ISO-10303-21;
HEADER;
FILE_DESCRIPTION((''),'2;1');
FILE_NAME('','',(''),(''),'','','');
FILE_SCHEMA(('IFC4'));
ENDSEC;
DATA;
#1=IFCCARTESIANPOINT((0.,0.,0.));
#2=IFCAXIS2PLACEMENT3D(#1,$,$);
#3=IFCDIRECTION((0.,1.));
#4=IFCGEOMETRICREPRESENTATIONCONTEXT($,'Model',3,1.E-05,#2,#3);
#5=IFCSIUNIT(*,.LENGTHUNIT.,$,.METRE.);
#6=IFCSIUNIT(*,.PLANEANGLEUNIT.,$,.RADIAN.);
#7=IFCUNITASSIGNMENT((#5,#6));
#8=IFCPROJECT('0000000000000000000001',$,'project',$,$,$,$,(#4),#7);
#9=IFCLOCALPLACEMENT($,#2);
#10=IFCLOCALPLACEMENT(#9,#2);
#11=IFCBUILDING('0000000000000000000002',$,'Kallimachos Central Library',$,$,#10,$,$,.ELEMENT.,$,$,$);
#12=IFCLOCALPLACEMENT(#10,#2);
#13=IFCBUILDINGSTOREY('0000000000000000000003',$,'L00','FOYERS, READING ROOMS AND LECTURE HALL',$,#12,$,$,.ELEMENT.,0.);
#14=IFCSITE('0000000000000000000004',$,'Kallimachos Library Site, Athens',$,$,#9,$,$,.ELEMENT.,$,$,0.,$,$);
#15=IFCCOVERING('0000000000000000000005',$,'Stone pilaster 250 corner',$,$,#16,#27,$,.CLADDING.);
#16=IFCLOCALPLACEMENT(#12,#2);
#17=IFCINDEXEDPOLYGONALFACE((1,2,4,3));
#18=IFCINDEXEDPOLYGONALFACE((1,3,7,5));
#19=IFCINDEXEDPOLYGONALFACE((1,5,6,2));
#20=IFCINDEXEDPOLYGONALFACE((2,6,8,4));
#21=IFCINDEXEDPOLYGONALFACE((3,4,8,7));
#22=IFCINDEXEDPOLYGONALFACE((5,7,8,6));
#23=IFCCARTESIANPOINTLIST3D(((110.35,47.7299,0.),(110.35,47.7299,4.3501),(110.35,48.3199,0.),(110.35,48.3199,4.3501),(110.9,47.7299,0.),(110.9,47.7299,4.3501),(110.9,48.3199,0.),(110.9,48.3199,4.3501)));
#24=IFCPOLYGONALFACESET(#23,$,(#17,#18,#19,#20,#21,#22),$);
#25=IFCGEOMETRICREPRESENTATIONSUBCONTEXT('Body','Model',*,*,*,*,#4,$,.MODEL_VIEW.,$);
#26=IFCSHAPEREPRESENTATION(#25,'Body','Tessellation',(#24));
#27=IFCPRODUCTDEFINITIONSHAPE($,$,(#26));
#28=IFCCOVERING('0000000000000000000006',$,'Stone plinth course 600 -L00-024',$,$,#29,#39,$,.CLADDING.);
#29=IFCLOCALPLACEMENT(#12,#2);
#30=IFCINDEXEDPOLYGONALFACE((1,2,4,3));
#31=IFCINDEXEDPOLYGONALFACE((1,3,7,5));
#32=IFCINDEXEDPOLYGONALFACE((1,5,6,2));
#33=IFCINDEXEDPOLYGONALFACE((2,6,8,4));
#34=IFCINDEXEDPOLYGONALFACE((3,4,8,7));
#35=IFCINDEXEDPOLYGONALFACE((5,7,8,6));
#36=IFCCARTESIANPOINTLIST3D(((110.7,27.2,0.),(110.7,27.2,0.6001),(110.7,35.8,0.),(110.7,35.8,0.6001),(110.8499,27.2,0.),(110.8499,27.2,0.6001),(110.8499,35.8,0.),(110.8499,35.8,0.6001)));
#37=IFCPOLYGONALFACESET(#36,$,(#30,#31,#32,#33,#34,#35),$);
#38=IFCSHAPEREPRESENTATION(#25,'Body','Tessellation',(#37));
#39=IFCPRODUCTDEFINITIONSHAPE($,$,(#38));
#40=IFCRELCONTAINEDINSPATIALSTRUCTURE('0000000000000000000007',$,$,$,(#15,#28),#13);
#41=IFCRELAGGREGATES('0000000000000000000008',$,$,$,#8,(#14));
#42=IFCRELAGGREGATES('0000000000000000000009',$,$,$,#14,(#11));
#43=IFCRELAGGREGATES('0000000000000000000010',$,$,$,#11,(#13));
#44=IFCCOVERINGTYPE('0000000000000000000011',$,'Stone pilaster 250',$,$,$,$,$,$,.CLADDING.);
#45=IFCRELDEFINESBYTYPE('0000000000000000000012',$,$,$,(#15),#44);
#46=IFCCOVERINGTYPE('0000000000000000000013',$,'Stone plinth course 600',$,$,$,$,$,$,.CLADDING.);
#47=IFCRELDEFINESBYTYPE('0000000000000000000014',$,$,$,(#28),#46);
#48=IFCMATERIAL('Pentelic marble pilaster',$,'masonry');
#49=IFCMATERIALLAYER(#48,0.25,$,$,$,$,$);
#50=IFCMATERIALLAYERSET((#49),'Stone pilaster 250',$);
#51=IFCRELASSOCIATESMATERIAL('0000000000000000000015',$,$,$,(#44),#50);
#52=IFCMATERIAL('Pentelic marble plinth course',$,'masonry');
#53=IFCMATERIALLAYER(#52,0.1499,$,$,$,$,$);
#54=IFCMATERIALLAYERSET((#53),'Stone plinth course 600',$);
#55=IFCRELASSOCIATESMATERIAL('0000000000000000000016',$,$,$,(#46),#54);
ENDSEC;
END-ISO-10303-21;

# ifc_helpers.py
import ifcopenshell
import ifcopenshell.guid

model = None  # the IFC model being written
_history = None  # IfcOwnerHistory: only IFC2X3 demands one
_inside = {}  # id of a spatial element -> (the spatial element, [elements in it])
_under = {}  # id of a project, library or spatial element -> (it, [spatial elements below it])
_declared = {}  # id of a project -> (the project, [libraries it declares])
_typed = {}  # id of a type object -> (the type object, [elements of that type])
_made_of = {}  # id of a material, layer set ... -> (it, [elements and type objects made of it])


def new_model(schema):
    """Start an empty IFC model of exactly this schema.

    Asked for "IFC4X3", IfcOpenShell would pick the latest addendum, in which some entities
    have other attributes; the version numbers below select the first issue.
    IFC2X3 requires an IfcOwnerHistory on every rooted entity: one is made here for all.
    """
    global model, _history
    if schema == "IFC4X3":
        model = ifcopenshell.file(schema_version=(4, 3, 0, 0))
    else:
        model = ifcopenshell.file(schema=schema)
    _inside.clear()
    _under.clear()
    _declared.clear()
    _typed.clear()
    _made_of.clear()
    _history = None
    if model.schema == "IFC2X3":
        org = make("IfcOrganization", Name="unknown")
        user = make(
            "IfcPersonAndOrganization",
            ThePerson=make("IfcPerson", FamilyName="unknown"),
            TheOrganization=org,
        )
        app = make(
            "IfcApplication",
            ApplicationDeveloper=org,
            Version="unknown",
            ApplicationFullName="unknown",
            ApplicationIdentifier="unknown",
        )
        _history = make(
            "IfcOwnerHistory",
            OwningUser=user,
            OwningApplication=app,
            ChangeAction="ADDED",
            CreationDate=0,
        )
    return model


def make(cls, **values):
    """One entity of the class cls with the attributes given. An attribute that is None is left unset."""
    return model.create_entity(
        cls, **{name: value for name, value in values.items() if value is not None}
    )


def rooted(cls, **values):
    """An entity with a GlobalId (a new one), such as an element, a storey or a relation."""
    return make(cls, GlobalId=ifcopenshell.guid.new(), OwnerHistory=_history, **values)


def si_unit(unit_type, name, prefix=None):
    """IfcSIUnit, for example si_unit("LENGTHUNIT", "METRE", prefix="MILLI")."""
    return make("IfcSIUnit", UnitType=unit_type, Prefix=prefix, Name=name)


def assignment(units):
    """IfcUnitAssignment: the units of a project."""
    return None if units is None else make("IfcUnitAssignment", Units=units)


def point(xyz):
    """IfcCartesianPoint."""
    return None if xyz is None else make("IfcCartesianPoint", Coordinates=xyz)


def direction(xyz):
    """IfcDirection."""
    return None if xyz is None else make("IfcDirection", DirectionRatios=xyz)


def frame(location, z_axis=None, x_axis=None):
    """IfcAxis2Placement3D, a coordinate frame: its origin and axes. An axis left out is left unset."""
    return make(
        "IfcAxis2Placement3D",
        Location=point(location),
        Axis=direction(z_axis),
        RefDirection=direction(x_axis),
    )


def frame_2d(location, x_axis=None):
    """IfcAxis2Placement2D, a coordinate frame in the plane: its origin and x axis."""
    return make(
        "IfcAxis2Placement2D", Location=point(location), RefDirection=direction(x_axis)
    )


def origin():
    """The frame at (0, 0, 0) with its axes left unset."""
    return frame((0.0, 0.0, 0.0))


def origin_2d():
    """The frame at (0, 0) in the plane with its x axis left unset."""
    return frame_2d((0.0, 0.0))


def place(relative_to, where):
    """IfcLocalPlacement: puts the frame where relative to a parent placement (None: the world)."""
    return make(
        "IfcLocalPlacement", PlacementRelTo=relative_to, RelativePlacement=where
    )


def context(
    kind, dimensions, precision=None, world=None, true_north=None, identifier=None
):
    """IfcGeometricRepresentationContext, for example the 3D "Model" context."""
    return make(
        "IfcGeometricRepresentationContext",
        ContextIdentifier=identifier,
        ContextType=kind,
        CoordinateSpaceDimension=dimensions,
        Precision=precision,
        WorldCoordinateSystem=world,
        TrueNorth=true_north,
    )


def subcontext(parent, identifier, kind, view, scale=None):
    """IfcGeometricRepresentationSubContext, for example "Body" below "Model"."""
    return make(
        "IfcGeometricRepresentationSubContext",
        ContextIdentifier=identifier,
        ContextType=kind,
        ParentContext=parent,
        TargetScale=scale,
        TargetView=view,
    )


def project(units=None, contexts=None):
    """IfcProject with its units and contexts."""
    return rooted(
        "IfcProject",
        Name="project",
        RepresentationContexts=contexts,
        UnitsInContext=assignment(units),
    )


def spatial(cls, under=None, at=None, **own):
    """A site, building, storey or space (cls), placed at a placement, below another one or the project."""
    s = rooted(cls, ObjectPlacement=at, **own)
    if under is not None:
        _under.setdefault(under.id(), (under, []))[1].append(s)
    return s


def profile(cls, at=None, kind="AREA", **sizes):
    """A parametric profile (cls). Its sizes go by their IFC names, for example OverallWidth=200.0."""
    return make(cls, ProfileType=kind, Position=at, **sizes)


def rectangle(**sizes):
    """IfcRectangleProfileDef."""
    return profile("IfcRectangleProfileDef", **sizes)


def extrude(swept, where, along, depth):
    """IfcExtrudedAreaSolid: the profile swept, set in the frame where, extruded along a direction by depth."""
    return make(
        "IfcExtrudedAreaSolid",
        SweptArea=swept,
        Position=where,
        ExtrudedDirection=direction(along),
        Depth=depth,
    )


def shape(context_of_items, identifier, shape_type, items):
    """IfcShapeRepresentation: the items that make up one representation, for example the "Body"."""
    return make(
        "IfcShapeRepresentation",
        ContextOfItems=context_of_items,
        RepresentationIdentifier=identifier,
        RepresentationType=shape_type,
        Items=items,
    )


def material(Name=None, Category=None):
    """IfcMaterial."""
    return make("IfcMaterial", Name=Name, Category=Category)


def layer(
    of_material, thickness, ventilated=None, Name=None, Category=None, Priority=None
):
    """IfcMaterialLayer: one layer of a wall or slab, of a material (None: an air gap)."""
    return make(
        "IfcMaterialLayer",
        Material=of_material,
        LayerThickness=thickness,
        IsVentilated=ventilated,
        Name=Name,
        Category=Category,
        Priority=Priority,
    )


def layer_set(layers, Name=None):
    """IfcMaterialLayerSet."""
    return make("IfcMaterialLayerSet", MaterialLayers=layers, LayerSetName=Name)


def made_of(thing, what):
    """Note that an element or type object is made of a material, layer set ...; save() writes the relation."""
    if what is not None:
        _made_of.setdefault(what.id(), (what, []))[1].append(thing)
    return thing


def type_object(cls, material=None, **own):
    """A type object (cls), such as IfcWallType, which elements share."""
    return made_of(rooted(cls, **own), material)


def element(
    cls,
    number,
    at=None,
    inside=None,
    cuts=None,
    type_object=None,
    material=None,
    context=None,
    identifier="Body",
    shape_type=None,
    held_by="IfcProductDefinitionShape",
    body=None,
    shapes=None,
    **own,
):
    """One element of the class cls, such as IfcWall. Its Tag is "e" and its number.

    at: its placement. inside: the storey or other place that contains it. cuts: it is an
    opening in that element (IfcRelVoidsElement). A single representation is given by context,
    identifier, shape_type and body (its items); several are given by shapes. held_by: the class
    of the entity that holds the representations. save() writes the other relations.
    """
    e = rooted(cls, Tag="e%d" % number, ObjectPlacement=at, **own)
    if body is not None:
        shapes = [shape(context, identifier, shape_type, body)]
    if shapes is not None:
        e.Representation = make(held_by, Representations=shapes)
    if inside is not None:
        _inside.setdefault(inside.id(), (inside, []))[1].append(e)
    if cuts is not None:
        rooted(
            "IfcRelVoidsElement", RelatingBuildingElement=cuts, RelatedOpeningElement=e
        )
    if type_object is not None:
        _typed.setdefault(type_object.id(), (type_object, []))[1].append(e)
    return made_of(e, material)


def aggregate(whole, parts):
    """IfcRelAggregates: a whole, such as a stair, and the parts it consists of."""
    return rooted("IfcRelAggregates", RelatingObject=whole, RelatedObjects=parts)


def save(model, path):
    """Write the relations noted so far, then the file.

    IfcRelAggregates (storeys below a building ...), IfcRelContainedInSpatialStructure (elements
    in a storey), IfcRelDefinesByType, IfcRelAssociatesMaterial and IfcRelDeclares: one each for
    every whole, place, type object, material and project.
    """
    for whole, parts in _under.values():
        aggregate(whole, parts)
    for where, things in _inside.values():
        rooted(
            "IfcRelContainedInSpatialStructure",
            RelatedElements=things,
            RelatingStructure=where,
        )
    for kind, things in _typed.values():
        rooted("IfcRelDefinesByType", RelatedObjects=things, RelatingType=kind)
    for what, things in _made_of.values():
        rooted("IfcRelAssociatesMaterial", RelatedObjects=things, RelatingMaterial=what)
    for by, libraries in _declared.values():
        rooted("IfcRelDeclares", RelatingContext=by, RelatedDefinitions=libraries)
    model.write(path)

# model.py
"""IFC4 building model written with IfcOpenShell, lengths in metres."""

from ifc_helpers import new_model, si_unit, direction, frame, origin, origin_2d, place, context, subcontext, project, spatial, rectangle, extrude, material, layer, layer_set, type_object, element, save


model = new_model("IFC4")

# Units and contexts
model_context = context("Model", 3, precision=1e-05, world=origin(), true_north=direction((0.0, 1.0)))
body_context = subcontext(model_context, "Body", "Model", "MODEL_VIEW")
ifc_project = project(units=[si_unit("LENGTHUNIT", "METRE"), si_unit("PLANEANGLEUNIT", "RADIAN")], contexts=[model_context])

# Site, building, storey
site_placement = place(None, origin())
site = spatial("IfcSite", under=ifc_project, at=site_placement, Name="Kallimachos Library Site, Athens", CompositionType="ELEMENT", RefElevation=0.0)
building_placement = place(site_placement, origin())
building = spatial("IfcBuilding", under=site, at=building_placement, Name="Kallimachos Central Library", CompositionType="ELEMENT")
storey_placement = place(building_placement, origin())
storey = spatial("IfcBuildingStorey", under=building, at=storey_placement, Name="L00", Description="FOYERS, READING ROOMS AND LECTURE HALL", CompositionType="ELEMENT", Elevation=0.0)

# Coverings
ifc_material_1 = material(Name="Pentelic marble pilaster", Category="masonry")
ifc_layer_1 = layer(ifc_material_1, 0.25)
ifc_layer_set_1 = layer_set([ifc_layer_1], Name="Stone pilaster 250")
covering_type_1 = type_object("IfcCoveringType", Name="Stone pilaster 250", PredefinedType="CLADDING", material=ifc_layer_set_1)
covering_1_placement = place(storey_placement, frame((110.625, 48.0249, 0.0), z_axis=(0.0, 0.0, 1.0), x_axis=(1.0, 0.0, 0.0)))
element("IfcCovering", 1, at=covering_1_placement, inside=storey, type_object=covering_type_1, Name="Stone pilaster 250 corner", PredefinedType="CLADDING", context=body_context, shape_type="SweptSolid", body=[
    extrude(rectangle(XDim=0.55, YDim=0.5901, at=origin_2d()), origin(), (0.0, 0.0, 1.0), 4.3501),
])
ifc_material_2 = material(Name="Pentelic marble plinth course", Category="masonry")
ifc_layer_2 = layer(ifc_material_2, 0.1499)
ifc_layer_set_2 = layer_set([ifc_layer_2], Name="Stone plinth course 600")
covering_type_2 = type_object("IfcCoveringType", Name="Stone plinth course 600", PredefinedType="CLADDING", material=ifc_layer_set_2)
covering_2_placement = place(storey_placement, frame((110.7749, 31.5, 0.0), z_axis=(0.0, 0.0, 1.0), x_axis=(1.0, 0.0, 0.0)))
element("IfcCovering", 2, at=covering_2_placement, inside=storey, type_object=covering_type_2, Name="Stone plinth course 600 -L00-024", PredefinedType="CLADDING", context=body_context, shape_type="SweptSolid", body=[
    extrude(rectangle(XDim=0.1499, YDim=8.6001, at=origin_2d()), origin(), (0.0, 0.0, 1.0), 0.6001),
])

save(model, "model.ifc")
